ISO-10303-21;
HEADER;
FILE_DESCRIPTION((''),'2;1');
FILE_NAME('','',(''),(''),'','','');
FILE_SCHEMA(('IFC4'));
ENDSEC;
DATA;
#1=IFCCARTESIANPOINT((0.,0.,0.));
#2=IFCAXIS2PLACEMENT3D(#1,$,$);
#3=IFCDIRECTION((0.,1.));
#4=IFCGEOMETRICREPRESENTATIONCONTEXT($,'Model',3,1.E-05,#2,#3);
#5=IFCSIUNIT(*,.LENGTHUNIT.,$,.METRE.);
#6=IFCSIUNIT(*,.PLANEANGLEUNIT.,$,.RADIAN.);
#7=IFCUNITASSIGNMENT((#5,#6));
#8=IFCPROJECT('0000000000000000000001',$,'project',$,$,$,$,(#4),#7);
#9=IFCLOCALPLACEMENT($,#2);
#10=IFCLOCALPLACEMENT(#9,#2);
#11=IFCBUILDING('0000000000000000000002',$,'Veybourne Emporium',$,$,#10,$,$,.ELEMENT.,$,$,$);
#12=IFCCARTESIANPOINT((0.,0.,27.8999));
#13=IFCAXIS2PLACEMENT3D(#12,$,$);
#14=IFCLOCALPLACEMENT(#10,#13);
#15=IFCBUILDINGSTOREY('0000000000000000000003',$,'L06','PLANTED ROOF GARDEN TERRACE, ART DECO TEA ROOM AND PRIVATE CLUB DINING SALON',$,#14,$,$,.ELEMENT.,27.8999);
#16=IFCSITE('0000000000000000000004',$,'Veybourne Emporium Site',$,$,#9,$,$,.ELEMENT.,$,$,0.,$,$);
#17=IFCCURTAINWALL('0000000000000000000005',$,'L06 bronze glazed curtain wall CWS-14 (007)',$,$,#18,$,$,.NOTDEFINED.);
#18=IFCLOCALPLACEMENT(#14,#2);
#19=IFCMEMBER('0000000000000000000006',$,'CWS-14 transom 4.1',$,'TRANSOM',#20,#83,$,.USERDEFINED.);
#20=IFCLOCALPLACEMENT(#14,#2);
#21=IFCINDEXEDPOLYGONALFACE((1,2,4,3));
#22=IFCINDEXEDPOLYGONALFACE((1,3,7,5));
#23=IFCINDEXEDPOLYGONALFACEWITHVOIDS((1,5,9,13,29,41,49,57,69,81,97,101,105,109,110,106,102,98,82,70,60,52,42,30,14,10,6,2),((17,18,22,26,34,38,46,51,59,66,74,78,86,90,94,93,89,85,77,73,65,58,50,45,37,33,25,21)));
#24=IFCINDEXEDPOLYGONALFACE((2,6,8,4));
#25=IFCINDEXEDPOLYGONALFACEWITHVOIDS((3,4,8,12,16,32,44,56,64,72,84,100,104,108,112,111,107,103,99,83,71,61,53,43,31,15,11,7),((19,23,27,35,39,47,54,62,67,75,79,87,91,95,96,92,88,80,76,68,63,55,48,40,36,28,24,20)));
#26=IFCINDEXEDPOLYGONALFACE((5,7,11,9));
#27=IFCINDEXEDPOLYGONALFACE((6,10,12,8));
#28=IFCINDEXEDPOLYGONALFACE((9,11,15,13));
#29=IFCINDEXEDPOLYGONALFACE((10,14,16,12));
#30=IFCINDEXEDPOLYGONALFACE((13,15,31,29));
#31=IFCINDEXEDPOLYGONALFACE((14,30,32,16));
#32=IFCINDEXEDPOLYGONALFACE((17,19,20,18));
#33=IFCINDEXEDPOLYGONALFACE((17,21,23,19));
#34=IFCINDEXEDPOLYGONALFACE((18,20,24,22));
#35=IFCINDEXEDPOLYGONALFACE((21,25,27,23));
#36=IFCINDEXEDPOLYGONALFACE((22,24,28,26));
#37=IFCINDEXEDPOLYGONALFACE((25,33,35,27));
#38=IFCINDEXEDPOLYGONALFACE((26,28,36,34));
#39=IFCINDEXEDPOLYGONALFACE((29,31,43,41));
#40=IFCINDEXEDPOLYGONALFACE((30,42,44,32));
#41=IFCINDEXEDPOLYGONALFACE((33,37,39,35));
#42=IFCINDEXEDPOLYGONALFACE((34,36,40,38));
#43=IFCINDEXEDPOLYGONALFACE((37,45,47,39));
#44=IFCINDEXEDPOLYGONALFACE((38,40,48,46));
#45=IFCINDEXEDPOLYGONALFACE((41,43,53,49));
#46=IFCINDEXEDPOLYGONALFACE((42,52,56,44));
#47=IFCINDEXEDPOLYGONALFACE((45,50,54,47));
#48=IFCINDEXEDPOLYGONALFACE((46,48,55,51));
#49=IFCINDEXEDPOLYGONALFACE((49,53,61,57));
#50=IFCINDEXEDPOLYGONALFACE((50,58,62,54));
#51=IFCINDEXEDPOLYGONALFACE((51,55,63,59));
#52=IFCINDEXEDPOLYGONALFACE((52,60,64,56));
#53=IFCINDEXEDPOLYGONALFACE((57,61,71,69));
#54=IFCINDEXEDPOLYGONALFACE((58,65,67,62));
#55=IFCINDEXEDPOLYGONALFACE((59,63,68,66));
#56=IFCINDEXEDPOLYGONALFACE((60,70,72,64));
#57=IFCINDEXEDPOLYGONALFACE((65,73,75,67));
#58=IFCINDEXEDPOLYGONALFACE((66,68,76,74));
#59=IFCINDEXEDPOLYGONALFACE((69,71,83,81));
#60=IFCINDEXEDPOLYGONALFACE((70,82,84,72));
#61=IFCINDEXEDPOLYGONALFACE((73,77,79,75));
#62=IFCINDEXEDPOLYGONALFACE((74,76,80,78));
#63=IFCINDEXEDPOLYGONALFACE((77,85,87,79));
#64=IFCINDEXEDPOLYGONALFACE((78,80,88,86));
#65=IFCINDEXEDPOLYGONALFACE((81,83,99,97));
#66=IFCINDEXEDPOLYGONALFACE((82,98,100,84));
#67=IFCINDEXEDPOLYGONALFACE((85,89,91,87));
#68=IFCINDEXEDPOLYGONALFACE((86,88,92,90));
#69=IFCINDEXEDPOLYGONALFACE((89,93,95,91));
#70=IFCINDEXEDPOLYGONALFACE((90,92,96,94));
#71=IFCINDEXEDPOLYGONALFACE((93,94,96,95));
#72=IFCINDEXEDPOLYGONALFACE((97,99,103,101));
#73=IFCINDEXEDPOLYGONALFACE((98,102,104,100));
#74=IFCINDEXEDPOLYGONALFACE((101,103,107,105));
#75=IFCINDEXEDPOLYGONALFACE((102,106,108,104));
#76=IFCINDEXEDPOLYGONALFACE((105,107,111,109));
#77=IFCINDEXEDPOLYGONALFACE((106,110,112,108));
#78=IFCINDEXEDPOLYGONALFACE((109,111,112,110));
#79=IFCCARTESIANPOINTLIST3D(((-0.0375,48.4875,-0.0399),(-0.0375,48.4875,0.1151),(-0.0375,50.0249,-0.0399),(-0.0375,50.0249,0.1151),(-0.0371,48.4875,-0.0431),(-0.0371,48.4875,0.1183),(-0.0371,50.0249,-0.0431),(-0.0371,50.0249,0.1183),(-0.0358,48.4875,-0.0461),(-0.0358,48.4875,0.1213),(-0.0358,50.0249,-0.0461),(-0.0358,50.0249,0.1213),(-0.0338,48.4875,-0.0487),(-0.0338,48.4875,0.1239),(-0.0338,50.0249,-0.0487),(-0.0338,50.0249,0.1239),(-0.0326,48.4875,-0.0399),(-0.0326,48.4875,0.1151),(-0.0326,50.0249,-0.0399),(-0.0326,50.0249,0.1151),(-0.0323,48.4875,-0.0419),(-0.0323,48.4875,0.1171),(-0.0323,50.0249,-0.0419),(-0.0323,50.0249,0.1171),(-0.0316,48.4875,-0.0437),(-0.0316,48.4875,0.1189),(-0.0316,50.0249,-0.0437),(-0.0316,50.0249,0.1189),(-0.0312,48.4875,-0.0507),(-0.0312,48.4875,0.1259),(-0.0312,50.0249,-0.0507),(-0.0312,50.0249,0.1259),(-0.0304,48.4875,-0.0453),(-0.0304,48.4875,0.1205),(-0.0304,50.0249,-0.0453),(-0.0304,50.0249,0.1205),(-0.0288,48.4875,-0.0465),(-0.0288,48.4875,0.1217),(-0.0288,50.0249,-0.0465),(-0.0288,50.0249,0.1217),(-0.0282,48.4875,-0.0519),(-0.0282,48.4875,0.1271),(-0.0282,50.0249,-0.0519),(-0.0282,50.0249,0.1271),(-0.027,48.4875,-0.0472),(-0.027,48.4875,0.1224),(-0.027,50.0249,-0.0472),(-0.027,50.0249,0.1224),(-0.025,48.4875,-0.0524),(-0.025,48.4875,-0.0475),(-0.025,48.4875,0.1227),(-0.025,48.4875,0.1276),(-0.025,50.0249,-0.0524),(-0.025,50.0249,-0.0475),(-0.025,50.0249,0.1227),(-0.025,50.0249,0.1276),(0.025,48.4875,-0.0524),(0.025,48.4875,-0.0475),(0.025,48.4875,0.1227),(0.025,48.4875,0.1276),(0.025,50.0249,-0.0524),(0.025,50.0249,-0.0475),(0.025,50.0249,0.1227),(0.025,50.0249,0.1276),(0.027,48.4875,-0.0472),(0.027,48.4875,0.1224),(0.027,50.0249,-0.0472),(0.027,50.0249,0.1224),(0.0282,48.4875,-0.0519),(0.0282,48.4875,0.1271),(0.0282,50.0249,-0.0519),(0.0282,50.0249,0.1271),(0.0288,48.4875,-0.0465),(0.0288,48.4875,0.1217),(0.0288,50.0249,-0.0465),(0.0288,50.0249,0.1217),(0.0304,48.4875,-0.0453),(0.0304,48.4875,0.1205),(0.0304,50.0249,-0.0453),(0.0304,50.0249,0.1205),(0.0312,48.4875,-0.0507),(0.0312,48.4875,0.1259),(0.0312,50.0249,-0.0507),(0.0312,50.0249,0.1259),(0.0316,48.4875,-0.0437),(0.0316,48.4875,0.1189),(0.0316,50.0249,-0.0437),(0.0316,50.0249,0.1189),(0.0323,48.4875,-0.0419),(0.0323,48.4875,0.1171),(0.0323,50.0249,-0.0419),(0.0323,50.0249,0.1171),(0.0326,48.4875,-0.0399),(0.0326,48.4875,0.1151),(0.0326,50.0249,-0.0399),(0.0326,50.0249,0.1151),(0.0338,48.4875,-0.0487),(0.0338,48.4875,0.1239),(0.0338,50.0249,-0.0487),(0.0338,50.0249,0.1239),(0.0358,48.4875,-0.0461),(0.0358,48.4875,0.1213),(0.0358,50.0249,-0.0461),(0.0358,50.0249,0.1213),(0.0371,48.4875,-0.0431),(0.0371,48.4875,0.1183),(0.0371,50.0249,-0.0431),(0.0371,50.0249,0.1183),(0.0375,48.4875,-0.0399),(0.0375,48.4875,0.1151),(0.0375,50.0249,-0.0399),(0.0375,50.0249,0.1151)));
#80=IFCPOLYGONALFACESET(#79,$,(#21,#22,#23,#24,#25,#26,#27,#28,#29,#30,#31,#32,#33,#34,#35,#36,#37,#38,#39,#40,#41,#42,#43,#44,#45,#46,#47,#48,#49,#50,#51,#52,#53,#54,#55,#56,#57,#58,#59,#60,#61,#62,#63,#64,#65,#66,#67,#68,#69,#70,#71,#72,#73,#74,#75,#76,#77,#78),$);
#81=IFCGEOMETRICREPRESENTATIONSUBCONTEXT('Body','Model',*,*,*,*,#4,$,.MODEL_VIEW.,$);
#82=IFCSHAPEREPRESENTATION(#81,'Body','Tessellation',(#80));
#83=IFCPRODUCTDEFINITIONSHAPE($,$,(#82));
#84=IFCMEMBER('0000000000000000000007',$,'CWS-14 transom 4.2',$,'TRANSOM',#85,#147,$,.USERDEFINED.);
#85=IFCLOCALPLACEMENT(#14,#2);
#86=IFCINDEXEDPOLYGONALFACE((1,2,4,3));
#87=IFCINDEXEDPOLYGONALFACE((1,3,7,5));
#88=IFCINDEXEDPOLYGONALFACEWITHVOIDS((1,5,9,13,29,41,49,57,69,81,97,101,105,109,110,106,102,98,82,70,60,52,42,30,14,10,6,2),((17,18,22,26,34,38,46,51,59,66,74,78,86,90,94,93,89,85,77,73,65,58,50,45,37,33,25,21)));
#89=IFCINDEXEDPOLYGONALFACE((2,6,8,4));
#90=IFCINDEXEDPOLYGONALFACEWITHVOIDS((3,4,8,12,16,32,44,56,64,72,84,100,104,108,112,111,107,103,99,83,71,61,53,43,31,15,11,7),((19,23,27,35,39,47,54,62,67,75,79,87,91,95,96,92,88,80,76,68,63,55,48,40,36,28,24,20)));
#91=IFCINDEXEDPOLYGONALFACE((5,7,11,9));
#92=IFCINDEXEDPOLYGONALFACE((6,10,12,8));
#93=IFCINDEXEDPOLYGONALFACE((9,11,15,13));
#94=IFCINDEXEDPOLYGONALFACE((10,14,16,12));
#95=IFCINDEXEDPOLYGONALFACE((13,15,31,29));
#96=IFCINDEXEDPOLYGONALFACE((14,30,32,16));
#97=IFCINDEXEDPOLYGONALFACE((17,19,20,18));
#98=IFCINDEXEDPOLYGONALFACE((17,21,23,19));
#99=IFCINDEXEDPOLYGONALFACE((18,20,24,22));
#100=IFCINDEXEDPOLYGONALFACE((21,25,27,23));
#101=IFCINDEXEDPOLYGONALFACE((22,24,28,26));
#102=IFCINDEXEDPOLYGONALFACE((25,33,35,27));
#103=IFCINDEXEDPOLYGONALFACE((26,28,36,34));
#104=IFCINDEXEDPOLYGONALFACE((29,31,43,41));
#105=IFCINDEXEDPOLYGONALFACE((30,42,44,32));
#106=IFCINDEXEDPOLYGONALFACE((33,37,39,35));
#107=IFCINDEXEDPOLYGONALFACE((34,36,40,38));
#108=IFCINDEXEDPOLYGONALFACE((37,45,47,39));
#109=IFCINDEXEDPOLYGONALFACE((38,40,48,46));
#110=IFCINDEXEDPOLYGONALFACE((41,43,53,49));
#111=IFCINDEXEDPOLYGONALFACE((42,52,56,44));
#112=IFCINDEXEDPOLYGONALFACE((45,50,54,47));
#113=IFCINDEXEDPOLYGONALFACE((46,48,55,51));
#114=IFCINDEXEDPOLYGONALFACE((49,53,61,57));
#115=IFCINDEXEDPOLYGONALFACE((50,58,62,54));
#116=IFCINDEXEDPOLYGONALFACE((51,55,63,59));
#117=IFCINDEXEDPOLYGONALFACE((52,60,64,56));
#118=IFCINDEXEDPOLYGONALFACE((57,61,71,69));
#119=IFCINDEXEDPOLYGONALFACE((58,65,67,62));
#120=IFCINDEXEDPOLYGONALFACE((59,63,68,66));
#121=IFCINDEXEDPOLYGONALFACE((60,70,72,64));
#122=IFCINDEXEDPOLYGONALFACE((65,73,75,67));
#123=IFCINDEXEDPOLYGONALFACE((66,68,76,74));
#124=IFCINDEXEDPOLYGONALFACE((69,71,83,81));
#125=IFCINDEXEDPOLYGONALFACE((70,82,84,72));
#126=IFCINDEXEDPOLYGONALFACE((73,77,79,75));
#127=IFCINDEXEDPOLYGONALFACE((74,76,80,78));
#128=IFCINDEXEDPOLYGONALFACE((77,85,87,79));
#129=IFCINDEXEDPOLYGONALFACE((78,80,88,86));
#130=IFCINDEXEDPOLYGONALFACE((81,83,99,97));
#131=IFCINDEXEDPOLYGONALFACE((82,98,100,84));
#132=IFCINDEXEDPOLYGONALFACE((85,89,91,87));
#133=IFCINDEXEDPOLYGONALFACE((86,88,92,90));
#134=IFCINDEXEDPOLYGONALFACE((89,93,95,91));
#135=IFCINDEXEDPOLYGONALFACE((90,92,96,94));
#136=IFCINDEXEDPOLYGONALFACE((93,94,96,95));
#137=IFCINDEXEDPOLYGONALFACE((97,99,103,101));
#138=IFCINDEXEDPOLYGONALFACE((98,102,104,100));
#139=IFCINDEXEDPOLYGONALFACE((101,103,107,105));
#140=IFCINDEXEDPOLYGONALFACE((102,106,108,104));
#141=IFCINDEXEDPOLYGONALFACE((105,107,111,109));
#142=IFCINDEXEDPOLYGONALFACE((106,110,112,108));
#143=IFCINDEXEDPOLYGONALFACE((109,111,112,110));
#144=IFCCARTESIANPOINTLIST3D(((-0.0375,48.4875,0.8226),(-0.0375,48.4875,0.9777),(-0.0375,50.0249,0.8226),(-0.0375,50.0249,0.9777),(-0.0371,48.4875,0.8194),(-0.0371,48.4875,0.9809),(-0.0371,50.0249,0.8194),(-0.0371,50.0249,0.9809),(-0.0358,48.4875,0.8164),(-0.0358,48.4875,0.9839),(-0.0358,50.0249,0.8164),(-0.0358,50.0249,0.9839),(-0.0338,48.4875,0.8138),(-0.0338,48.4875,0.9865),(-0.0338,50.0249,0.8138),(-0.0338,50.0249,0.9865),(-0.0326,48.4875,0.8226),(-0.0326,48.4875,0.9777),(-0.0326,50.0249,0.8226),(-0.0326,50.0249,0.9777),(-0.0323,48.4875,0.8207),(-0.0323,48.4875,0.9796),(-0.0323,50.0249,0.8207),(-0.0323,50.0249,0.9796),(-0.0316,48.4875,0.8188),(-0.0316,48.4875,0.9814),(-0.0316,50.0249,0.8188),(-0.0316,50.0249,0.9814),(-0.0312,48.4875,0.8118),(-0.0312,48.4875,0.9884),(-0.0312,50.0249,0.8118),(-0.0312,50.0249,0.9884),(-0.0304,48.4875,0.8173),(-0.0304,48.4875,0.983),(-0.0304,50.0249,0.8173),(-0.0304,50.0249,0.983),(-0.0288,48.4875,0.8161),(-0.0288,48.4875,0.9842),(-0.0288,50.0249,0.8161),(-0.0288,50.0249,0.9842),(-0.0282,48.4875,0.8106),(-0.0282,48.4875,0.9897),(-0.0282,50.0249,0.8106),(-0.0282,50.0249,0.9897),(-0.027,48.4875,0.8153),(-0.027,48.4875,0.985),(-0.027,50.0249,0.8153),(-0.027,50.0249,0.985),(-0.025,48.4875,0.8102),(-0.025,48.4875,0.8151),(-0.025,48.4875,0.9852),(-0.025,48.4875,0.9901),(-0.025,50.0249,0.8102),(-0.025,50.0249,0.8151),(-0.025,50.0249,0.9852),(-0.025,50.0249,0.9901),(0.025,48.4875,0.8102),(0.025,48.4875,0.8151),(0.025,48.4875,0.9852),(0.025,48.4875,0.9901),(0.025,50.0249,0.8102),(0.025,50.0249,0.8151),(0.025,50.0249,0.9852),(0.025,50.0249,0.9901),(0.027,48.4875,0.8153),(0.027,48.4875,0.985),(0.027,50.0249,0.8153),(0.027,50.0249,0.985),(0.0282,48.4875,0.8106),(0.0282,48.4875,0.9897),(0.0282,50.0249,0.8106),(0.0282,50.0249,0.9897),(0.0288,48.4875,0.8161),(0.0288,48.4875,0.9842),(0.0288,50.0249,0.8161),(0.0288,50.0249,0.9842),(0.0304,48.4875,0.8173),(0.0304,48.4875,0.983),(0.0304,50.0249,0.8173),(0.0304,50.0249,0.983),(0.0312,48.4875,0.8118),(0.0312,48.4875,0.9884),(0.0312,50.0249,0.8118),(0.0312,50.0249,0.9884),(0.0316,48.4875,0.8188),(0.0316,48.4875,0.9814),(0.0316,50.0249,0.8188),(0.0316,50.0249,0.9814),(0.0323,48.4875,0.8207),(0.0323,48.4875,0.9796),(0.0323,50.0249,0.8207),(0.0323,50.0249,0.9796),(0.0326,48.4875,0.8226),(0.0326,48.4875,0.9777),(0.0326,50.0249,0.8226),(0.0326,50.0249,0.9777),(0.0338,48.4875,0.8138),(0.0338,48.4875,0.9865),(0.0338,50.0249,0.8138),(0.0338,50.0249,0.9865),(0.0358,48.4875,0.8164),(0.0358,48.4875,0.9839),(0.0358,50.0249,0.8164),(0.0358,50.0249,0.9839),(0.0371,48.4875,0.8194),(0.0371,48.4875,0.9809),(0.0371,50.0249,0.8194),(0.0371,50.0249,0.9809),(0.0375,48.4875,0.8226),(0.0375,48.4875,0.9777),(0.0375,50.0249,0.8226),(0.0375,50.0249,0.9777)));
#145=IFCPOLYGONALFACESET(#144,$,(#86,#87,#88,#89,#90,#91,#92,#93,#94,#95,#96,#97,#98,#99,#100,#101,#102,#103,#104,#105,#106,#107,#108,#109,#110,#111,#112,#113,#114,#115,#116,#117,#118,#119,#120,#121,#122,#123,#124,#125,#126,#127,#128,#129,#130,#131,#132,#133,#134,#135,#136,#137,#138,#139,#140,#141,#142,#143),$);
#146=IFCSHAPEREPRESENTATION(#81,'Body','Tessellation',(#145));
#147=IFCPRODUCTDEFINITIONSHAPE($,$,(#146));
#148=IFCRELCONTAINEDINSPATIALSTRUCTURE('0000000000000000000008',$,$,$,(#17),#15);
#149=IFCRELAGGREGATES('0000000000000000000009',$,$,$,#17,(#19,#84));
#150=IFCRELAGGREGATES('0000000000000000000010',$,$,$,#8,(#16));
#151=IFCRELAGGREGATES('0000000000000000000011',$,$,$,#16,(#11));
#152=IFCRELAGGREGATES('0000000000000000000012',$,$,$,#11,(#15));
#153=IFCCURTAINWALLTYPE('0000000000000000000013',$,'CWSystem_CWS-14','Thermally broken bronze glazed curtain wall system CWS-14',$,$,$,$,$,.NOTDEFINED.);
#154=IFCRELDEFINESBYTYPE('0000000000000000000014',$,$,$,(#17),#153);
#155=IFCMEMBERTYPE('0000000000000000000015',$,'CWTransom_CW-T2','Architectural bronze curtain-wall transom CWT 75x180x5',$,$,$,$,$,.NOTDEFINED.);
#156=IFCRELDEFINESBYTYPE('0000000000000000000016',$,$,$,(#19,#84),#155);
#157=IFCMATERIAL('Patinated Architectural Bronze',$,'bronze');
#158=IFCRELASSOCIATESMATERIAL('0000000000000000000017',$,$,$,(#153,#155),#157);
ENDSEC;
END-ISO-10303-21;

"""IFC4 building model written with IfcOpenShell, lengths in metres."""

from ifc_helpers import new_model, si_unit, direction, frame, origin, origin_2d, place, context, subcontext, project, spatial, hollow_rectangle, extrude, material, material_profile, profile_set, type_object, element, aggregate, save


model = new_model("IFC4")

# Units and contexts
model_context = context("Model", 3, precision=1e-05, world=origin(), true_north=direction((0.0, 1.0)))
body_context = subcontext(model_context, "Body", "Model", "MODEL_VIEW")
ifc_project = project(units=[si_unit("LENGTHUNIT", "METRE"), si_unit("PLANEANGLEUNIT", "RADIAN")], contexts=[model_context])

# Site, building, storey
site_placement = place(None, origin())
site = spatial("IfcSite", under=ifc_project, at=site_placement, Name="Veybourne Emporium Site", CompositionType="ELEMENT", RefElevation=0.0)
building_placement = place(site_placement, origin())
building = spatial("IfcBuilding", under=site, at=building_placement, Name="Veybourne Emporium", CompositionType="ELEMENT")
storey_placement = place(building_placement, frame((0.0, 0.0, 27.8999)))
storey = spatial("IfcBuildingStorey", under=building, at=storey_placement, Name="L06", Description="PLANTED ROOF GARDEN TERRACE, ART DECO TEA ROOM AND PRIVATE CLUB DINING SALON", CompositionType="ELEMENT", Elevation=27.8999)

# Curtain wall, members
ifc_material_1 = material(Name="Patinated Architectural Bronze", Category="bronze")
curtain_wall_type = type_object("IfcCurtainWallType", Name="CWSystem_CWS-14", Description="Thermally broken bronze glazed curtain wall system CWS-14", PredefinedType="NOTDEFINED", material=ifc_material_1)
curtain_wall_placement = place(storey_placement, origin())
curtain_wall = element("IfcCurtainWall", 1, at=curtain_wall_placement, inside=storey, type_object=curtain_wall_type, Name="L06 bronze glazed curtain wall CWS-14 (007)", PredefinedType="NOTDEFINED")
ifc_material_profile_1 = material_profile(ifc_material_1, hollow_rectangle(XDim=0.075, YDim=0.1799, WallThickness=0.0049, InnerFilletRadius=0.0076, OuterFilletRadius=0.0125, at=origin_2d()), Name="CWT 75x180x5")
ifc_profile_set_1 = profile_set([ifc_material_profile_1], Name="Patinated Architectural Bronze")
member_type_1 = type_object("IfcMemberType", Name="CWTransom_CW-T2", Description="Architectural bronze curtain-wall transom CWT 75x180x5", PredefinedType="NOTDEFINED", material=ifc_profile_set_1)
member_1_placement = place(storey_placement, frame((0.0, 48.4875, 0.0376), z_axis=(0.0, 1.0, 0.0), x_axis=(-1.0, 0.0, 0.0)))
member_1 = element("IfcMember", 2, at=member_1_placement, type_object=member_type_1, Name="CWS-14 transom 4.1", ObjectType="TRANSOM", PredefinedType="USERDEFINED", context=body_context, shape_type="SweptSolid", body=[
    extrude(hollow_rectangle(XDim=0.075, YDim=0.1799, WallThickness=0.0049, InnerFilletRadius=0.0076, OuterFilletRadius=0.0125, at=origin_2d()), origin(), (0.0, 0.0, 1.0), 1.5374),
])
member_2_placement = place(storey_placement, frame((0.0, 48.4875, 0.9001), z_axis=(0.0, 1.0, 0.0), x_axis=(-1.0, 0.0, 0.0)))
member_2 = element("IfcMember", 3, at=member_2_placement, type_object=member_type_1, Name="CWS-14 transom 4.2", ObjectType="TRANSOM", PredefinedType="USERDEFINED", context=body_context, shape_type="SweptSolid", body=[
    extrude(hollow_rectangle(XDim=0.075, YDim=0.1799, WallThickness=0.0049, InnerFilletRadius=0.0076, OuterFilletRadius=0.0125, at=origin_2d()), origin(), (0.0, 0.0, 1.0), 1.5374),
])

aggregate(curtain_wall, [member_1, member_2])

save(model, "model.ifc")
